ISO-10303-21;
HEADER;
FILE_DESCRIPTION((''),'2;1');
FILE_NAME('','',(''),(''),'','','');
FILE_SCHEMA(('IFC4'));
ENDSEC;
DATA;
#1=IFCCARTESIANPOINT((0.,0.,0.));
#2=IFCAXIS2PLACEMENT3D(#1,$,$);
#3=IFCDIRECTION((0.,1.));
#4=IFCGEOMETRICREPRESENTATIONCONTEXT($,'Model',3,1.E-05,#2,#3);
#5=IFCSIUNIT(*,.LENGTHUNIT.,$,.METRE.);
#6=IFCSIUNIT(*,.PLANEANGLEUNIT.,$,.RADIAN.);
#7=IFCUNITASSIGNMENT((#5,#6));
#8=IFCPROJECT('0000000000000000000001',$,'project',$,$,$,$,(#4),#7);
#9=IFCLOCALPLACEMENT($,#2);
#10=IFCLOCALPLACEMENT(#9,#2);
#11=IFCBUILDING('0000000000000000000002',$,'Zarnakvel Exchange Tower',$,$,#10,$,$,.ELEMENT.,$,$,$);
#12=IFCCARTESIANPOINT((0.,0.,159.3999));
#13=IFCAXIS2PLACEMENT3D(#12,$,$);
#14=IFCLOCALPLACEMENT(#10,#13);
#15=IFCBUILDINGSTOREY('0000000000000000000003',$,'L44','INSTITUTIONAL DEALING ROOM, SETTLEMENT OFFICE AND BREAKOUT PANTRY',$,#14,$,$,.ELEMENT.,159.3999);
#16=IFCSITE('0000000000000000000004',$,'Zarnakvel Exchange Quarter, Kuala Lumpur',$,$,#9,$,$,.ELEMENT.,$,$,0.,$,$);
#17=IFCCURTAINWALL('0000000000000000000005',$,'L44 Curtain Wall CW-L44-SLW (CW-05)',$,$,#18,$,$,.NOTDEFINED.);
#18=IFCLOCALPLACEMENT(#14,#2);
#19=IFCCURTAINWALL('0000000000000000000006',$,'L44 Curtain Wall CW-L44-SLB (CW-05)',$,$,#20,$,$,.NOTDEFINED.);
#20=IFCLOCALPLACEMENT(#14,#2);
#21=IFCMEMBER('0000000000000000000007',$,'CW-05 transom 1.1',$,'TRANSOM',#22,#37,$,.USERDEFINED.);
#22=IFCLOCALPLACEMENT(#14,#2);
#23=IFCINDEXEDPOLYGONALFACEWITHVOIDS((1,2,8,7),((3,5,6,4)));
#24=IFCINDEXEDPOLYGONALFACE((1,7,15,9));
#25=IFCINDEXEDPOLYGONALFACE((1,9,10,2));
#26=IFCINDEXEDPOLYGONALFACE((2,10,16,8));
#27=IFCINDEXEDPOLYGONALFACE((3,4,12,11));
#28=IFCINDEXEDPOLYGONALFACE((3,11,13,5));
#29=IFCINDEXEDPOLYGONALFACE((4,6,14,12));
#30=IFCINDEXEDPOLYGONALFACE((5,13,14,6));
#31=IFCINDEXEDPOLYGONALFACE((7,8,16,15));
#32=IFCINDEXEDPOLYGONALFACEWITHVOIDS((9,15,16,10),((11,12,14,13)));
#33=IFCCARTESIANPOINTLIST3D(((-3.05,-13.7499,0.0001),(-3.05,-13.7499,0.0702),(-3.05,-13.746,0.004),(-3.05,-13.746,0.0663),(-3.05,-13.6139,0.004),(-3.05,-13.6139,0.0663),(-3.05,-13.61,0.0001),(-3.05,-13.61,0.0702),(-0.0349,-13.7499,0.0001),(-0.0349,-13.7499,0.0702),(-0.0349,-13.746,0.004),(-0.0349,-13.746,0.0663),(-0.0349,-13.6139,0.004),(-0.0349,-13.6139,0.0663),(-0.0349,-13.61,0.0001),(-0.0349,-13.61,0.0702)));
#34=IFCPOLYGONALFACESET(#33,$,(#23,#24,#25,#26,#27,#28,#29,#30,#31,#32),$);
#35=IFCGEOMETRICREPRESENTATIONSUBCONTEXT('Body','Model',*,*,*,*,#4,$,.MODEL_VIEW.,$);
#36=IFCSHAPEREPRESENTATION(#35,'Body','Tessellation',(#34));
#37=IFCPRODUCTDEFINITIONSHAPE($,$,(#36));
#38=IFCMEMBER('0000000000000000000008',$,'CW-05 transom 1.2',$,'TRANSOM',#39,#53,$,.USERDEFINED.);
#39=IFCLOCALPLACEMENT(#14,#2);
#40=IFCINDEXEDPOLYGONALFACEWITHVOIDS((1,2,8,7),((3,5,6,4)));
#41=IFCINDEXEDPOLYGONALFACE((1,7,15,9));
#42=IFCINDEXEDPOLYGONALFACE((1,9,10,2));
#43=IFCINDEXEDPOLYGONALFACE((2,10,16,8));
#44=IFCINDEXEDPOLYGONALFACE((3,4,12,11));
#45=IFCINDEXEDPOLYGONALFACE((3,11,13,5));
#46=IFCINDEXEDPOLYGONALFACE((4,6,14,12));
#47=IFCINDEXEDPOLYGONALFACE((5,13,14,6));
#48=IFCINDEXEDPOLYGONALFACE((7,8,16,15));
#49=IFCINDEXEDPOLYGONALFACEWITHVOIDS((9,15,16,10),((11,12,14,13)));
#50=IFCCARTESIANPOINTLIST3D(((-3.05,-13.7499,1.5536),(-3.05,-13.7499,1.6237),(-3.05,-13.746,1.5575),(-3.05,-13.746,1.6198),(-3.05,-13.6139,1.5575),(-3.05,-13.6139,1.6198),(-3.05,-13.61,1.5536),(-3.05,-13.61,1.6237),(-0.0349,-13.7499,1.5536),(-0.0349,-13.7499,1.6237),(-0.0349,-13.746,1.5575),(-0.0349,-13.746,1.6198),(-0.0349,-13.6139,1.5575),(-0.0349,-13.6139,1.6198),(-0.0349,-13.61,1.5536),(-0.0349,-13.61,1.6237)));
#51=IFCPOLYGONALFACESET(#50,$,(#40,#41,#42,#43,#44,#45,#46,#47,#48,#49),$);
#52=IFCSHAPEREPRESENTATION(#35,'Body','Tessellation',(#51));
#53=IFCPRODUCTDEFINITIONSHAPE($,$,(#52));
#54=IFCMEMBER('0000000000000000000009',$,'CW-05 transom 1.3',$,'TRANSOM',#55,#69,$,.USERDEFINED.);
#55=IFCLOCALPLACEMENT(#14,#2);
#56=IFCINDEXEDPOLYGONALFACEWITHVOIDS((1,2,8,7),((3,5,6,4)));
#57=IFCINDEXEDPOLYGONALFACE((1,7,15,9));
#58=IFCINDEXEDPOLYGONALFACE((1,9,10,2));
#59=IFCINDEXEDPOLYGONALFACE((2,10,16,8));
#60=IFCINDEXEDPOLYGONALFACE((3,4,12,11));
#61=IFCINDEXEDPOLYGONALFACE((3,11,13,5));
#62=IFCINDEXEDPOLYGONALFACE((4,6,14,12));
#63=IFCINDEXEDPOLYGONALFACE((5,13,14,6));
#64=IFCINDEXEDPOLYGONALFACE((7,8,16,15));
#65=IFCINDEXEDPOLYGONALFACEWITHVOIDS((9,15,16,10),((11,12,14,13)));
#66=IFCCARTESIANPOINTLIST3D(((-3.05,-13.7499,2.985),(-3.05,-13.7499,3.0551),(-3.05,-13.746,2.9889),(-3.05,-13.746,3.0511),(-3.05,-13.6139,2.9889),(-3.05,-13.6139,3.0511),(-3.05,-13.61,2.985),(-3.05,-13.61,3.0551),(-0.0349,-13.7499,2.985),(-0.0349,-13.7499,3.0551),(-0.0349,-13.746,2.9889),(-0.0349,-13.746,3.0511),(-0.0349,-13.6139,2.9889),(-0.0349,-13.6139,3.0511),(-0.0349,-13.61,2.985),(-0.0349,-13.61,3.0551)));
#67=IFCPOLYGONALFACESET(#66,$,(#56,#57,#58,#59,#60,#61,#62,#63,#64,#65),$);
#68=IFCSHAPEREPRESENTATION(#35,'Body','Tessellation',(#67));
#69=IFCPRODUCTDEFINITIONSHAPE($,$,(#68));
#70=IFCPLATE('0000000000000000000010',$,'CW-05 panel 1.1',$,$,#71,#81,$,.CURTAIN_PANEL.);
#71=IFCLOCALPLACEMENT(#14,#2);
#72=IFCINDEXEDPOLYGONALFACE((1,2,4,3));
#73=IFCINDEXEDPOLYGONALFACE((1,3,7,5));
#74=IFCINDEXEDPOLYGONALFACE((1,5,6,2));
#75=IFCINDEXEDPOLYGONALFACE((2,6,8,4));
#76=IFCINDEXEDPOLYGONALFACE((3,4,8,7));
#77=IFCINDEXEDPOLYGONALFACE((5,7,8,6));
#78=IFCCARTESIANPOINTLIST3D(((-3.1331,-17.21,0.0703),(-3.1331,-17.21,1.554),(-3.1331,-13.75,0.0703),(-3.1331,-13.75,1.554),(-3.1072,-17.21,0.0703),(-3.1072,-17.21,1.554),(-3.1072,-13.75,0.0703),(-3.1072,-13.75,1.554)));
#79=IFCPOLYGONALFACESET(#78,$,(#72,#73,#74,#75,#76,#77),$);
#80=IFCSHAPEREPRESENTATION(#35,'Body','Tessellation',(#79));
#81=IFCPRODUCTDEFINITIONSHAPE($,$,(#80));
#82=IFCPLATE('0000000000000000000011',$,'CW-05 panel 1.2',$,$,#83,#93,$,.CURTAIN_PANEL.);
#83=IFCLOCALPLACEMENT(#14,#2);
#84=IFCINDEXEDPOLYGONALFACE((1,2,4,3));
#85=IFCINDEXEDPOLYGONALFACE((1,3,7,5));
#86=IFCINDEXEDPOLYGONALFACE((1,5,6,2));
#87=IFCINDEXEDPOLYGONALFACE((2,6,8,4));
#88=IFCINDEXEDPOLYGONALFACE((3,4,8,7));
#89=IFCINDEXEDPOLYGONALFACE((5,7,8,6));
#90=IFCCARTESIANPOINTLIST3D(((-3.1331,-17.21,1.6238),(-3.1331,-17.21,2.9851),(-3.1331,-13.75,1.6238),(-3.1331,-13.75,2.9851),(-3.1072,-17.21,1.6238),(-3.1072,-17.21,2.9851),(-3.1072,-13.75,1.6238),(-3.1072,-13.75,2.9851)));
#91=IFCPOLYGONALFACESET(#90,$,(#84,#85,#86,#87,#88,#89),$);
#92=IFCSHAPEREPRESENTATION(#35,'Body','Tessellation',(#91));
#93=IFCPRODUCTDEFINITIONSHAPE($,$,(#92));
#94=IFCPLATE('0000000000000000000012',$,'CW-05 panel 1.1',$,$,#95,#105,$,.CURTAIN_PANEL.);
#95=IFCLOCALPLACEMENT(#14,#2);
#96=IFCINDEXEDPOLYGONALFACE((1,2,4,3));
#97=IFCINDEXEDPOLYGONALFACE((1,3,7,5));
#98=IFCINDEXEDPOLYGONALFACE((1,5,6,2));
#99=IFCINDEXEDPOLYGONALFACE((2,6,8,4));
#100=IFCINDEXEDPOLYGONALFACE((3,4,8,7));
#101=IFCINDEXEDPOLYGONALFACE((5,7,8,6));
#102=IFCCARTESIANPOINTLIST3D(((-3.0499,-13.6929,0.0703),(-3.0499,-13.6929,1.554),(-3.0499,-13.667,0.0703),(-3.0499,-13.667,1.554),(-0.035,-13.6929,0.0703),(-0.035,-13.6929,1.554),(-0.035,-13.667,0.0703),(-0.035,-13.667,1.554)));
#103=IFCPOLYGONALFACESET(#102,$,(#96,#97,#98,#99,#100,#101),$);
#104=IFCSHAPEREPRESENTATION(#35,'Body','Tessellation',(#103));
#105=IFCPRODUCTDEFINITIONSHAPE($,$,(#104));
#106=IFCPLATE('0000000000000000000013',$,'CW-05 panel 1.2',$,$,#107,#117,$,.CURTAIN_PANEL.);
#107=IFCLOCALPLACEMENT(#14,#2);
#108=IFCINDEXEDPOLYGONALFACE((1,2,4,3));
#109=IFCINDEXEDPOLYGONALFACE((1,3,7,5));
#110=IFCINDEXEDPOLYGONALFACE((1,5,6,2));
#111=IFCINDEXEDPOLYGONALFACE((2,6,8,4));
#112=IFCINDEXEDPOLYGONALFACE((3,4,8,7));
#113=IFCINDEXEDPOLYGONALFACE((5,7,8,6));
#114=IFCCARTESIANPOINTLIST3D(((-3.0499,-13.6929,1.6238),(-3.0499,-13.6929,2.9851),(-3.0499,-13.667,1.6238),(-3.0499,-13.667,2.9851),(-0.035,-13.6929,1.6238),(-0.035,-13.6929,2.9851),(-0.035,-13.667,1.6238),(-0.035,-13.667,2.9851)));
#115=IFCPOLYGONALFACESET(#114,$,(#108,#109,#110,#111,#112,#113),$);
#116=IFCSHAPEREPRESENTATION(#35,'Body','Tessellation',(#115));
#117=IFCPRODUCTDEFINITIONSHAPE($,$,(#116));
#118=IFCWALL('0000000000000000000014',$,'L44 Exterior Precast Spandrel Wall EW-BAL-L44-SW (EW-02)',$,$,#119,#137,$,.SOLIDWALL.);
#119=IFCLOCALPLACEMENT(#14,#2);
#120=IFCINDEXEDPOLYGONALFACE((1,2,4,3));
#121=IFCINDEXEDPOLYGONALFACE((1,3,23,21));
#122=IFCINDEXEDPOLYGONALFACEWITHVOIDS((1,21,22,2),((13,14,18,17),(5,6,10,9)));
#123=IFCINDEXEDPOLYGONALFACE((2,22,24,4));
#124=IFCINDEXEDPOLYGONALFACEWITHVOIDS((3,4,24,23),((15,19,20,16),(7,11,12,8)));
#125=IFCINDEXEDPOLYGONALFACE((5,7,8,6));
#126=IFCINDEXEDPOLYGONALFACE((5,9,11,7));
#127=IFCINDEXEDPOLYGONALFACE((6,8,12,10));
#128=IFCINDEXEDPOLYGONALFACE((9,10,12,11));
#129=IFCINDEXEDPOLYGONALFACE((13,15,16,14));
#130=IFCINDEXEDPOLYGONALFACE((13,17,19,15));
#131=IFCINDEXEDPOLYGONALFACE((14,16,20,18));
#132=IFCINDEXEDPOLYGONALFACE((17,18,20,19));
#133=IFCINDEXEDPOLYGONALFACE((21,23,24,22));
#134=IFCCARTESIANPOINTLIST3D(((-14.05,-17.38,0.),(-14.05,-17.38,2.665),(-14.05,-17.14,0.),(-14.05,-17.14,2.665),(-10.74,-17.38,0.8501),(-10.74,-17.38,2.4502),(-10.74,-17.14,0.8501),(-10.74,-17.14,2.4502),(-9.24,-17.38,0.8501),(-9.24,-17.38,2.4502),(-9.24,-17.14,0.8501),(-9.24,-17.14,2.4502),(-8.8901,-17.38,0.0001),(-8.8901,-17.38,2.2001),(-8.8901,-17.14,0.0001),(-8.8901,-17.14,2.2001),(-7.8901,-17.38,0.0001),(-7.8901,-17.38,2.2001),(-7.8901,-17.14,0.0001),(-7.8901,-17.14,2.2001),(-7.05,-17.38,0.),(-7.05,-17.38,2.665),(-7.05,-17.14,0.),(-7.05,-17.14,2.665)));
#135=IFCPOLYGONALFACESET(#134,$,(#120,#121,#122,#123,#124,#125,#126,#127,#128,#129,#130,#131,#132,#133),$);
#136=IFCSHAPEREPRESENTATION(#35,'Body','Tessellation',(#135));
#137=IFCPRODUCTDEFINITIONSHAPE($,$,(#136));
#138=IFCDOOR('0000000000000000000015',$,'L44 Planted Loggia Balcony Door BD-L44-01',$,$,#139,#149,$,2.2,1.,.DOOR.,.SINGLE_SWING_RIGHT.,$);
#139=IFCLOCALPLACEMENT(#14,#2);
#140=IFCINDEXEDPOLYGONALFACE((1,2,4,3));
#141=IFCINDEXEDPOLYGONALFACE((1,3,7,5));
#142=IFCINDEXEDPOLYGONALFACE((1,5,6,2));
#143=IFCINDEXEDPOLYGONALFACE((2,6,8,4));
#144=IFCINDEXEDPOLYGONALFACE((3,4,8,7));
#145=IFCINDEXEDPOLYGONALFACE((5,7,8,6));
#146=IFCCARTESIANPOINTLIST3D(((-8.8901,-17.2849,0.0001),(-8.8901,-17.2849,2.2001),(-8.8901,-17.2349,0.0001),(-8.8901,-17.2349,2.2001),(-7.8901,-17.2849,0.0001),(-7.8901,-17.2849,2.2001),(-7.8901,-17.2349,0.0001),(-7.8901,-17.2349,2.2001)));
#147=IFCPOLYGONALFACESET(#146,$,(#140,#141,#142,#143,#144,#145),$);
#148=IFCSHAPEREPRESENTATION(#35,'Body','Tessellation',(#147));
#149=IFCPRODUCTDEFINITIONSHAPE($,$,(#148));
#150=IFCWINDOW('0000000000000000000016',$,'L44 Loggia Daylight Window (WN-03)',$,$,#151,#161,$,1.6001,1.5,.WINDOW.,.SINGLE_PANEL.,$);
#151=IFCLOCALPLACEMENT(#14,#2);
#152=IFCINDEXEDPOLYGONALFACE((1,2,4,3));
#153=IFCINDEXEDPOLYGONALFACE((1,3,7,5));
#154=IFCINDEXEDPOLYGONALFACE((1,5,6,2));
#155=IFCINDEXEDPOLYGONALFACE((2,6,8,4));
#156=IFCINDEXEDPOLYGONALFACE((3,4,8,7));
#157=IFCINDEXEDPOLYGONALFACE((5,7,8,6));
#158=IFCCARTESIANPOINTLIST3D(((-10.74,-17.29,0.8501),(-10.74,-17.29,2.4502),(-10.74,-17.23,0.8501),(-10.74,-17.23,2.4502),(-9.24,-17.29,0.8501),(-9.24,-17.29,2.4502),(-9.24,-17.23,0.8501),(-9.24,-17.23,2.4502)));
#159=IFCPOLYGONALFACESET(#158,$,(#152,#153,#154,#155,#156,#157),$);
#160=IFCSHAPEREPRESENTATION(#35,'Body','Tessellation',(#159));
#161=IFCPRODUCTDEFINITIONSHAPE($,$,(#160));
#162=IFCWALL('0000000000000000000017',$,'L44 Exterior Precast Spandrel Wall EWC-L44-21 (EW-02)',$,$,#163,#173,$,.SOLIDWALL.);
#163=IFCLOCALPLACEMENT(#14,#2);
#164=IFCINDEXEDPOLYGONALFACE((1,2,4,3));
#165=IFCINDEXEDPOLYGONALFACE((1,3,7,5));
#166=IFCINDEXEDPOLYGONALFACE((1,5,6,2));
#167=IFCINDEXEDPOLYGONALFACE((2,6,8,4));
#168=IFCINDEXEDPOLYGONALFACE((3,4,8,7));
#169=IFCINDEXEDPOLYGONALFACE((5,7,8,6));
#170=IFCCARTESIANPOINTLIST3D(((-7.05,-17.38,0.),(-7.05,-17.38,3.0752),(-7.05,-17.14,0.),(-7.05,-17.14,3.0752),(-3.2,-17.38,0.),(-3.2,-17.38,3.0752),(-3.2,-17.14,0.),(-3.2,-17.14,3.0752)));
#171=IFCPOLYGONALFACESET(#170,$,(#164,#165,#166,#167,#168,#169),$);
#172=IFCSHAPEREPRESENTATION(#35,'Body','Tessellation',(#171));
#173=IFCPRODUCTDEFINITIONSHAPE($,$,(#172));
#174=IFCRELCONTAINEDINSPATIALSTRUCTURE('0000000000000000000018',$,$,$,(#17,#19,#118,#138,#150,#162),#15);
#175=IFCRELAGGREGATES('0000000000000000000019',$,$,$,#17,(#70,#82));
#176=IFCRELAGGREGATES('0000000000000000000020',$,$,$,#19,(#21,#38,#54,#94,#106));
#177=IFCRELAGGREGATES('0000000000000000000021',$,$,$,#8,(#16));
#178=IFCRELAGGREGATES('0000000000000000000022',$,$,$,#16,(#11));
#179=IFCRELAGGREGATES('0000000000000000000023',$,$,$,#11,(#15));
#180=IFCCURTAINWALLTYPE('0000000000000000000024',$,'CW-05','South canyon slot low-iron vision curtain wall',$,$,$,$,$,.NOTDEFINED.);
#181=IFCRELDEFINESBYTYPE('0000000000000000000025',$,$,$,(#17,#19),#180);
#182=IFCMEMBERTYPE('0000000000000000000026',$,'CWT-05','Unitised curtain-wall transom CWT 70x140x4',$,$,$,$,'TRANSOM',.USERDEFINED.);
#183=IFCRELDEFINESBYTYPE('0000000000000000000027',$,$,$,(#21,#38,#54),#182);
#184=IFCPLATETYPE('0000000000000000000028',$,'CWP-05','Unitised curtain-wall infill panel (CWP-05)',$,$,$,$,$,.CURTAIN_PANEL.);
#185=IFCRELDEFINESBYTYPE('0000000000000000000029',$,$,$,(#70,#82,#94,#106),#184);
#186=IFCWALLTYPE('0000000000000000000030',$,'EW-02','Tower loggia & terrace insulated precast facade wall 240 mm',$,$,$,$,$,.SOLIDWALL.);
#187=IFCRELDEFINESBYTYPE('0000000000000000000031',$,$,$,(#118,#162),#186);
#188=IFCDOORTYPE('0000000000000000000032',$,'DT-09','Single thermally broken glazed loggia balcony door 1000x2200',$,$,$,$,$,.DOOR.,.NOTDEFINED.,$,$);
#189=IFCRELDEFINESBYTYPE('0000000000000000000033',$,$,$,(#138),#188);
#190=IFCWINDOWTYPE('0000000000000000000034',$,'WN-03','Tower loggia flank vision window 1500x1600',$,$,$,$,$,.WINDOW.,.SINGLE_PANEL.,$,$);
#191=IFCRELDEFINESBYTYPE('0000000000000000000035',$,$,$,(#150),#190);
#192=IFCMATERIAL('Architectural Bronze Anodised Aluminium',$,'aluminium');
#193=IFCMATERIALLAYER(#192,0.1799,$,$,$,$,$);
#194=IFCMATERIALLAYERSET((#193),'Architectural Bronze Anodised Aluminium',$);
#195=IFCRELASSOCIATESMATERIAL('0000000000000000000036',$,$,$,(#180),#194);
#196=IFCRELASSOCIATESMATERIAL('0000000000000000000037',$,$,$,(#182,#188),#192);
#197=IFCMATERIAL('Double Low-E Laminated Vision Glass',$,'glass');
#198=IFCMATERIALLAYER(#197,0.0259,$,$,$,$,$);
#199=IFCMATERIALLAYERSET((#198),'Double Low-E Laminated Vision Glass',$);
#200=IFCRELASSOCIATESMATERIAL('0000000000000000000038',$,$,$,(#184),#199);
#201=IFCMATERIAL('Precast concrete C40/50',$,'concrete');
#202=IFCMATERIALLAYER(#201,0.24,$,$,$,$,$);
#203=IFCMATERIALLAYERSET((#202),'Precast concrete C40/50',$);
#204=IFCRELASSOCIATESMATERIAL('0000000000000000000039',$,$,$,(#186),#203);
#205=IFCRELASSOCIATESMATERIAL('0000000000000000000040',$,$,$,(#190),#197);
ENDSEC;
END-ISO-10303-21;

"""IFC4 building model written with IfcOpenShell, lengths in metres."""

from ifc_helpers import new_model, si_unit, direction, frame, frame_2d, origin, origin_2d, place, context, subcontext, project, spatial, rectangle, hollow_rectangle, extrude, source, transform, mapped, material, layer, layer_set, material_profile, profile_set, type_object, element, fill, aggregate, save


model = new_model("IFC4")

# Units and contexts
model_context = context("Model", 3, precision=1e-05, world=origin(), true_north=direction((0.0, 1.0)))
body_context = subcontext(model_context, "Body", "Model", "MODEL_VIEW")
ifc_project = project(units=[si_unit("LENGTHUNIT", "METRE"), si_unit("PLANEANGLEUNIT", "RADIAN")], contexts=[model_context])

# Site, building, storey
site_placement = place(None, origin())
site = spatial("IfcSite", under=ifc_project, at=site_placement, Name="Zarnakvel Exchange Quarter, Kuala Lumpur", CompositionType="ELEMENT", RefElevation=0.0)
building_placement = place(site_placement, origin())
building = spatial("IfcBuilding", under=site, at=building_placement, Name="Zarnakvel Exchange Tower", CompositionType="ELEMENT")
storey_placement = place(building_placement, frame((0.0, 0.0, 159.3999)))
storey = spatial("IfcBuildingStorey", under=building, at=storey_placement, Name="L44", Description="INSTITUTIONAL DEALING ROOM, SETTLEMENT OFFICE AND BREAKOUT PANTRY", CompositionType="ELEMENT", Elevation=159.3999)

# Curtain walls
ifc_material_1 = material(Name="Architectural Bronze Anodised Aluminium", Category="aluminium")
ifc_layer_1 = layer(ifc_material_1, 0.1799)
ifc_layer_set_1 = layer_set([ifc_layer_1], Name="Architectural Bronze Anodised Aluminium")
curtain_wall_type = type_object("IfcCurtainWallType", Name="CW-05", Description="South canyon slot low-iron vision curtain wall", PredefinedType="NOTDEFINED", material=ifc_layer_set_1)
curtain_wall_1_placement = place(storey_placement, origin())
curtain_wall_1 = element("IfcCurtainWall", 1, at=curtain_wall_1_placement, inside=storey, type_object=curtain_wall_type, Name="L44 Curtain Wall CW-L44-SLW (CW-05)", PredefinedType="NOTDEFINED")
curtain_wall_2_placement = place(storey_placement, origin())
curtain_wall_2 = element("IfcCurtainWall", 2, at=curtain_wall_2_placement, inside=storey, type_object=curtain_wall_type, Name="L44 Curtain Wall CW-L44-SLB (CW-05)", PredefinedType="NOTDEFINED")

# Members
ifc_material_profile_1 = material_profile(ifc_material_1, hollow_rectangle(XDim=0.1399, YDim=0.0701, WallThickness=0.0039, at=origin_2d()))
ifc_profile_set_1 = profile_set([ifc_material_profile_1], Name="Architectural Bronze Anodised Aluminium")
member_type_1 = type_object("IfcMemberType", Name="CWT-05", Description="Unitised curtain-wall transom CWT 70x140x4", ElementType="TRANSOM", PredefinedType="USERDEFINED", material=ifc_profile_set_1)
shared_shape_1 = source(origin(), body_context, "Body", "SweptSolid", [
    extrude(hollow_rectangle(XDim=0.1399, YDim=0.0701, WallThickness=0.0039, at=origin_2d()), origin(), (0.0, 0.0, 1.0), 3.0151),
])
member_1_placement = place(storey_placement, frame((-3.05, -13.6799, 0.0352), z_axis=(1.0, 0.0, 0.0), x_axis=(0.0, 1.0, 0.0)))
member_1 = element("IfcMember", 3, at=member_1_placement, type_object=member_type_1, Name="CW-05 transom 1.1", ObjectType="TRANSOM", PredefinedType="USERDEFINED", context=body_context, shape_type="MappedRepresentation", body=[
    mapped(shared_shape_1, transform((0.0, 0.0, 0.0), x_axis=(1.0, 0.0, 0.0), y_axis=(0.0, 1.0, 0.0), z_axis=(0.0, 0.0, 1.0), scale=1.0)),
])
member_2_placement = place(storey_placement, frame((-3.05, -13.6799, 1.5886), z_axis=(1.0, 0.0, 0.0), x_axis=(0.0, 1.0, 0.0)))
member_2 = element("IfcMember", 4, at=member_2_placement, type_object=member_type_1, Name="CW-05 transom 1.2", ObjectType="TRANSOM", PredefinedType="USERDEFINED", context=body_context, shape_type="MappedRepresentation", body=[
    mapped(shared_shape_1, transform((0.0, 0.0, 0.0), x_axis=(1.0, 0.0, 0.0), y_axis=(0.0, 1.0, 0.0), z_axis=(0.0, 0.0, 1.0), scale=1.0)),
])
member_3_placement = place(storey_placement, frame((-3.05, -13.6799, 3.02), z_axis=(1.0, 0.0, 0.0), x_axis=(0.0, 1.0, 0.0)))
member_3 = element("IfcMember", 5, at=member_3_placement, type_object=member_type_1, Name="CW-05 transom 1.3", ObjectType="TRANSOM", PredefinedType="USERDEFINED", context=body_context, shape_type="MappedRepresentation", body=[
    mapped(shared_shape_1, transform((0.0, 0.0, 0.0), x_axis=(1.0, 0.0, 0.0), y_axis=(0.0, 1.0, 0.0), z_axis=(0.0, 0.0, 1.0), scale=1.0)),
])

# Plates
ifc_material_2 = material(Name="Double Low-E Laminated Vision Glass", Category="glass")
ifc_layer_2 = layer(ifc_material_2, 0.0259)
ifc_layer_set_2 = layer_set([ifc_layer_2], Name="Double Low-E Laminated Vision Glass")
plate_type = type_object("IfcPlateType", Name="CWP-05", Description="Unitised curtain-wall infill panel (CWP-05)", PredefinedType="CURTAIN_PANEL", material=ifc_layer_set_2)
shared_shape_2 = source(origin(), body_context, "Body", "SweptSolid", [
    extrude(rectangle(XDim=3.46, YDim=0.0259, at=origin_2d()), origin(), (0.0, 0.0, 1.0), 1.4836),
])
plate_1_placement = place(storey_placement, frame((-3.1201, -15.48, 0.0703), z_axis=(0.0, 0.0, 1.0), x_axis=(0.0, 1.0, 0.0)))
plate_1 = element("IfcPlate", 6, at=plate_1_placement, type_object=plate_type, Name="CW-05 panel 1.1", PredefinedType="CURTAIN_PANEL", context=body_context, shape_type="MappedRepresentation", body=[
    mapped(shared_shape_2, transform((0.0, 0.0, 0.0), x_axis=(1.0, 0.0, 0.0), y_axis=(0.0, 1.0, 0.0), z_axis=(0.0, 0.0, 1.0), scale=1.0)),
])
shared_shape_3 = source(origin(), body_context, "Body", "SweptSolid", [
    extrude(rectangle(XDim=3.46, YDim=0.0259, at=origin_2d()), origin(), (0.0, 0.0, 1.0), 1.3613),
])
plate_2_placement = place(storey_placement, frame((-3.1201, -15.48, 1.6238), z_axis=(0.0, 0.0, 1.0), x_axis=(0.0, 1.0, 0.0)))
plate_2 = element("IfcPlate", 7, at=plate_2_placement, type_object=plate_type, Name="CW-05 panel 1.2", PredefinedType="CURTAIN_PANEL", context=body_context, shape_type="MappedRepresentation", body=[
    mapped(shared_shape_3, transform((0.0, 0.0, 0.0), x_axis=(1.0, 0.0, 0.0), y_axis=(0.0, 1.0, 0.0), z_axis=(0.0, 0.0, 1.0), scale=1.0)),
])
aggregate(curtain_wall_1, [plate_1, plate_2])
shared_shape_4 = source(origin(), body_context, "Body", "SweptSolid", [
    extrude(rectangle(XDim=3.0149, YDim=0.0259, at=origin_2d()), origin(), (0.0, 0.0, 1.0), 1.4836),
])
plate_3_placement = place(storey_placement, frame((-1.5425, -13.6799, 0.0703), z_axis=(0.0, 0.0, 1.0), x_axis=(1.0, 0.0, 0.0)))
plate_3 = element("IfcPlate", 8, at=plate_3_placement, type_object=plate_type, Name="CW-05 panel 1.1", PredefinedType="CURTAIN_PANEL", context=body_context, shape_type="MappedRepresentation", body=[
    mapped(shared_shape_4, transform((0.0, 0.0, 0.0), x_axis=(1.0, 0.0, 0.0), y_axis=(0.0, 1.0, 0.0), z_axis=(0.0, 0.0, 1.0), scale=1.0)),
])
shared_shape_5 = source(origin(), body_context, "Body", "SweptSolid", [
    extrude(rectangle(XDim=3.0149, YDim=0.0259, at=origin_2d()), origin(), (0.0, 0.0, 1.0), 1.3613),
])
plate_4_placement = place(storey_placement, frame((-1.5425, -13.6799, 1.6238), z_axis=(0.0, 0.0, 1.0), x_axis=(1.0, 0.0, 0.0)))
plate_4 = element("IfcPlate", 9, at=plate_4_placement, type_object=plate_type, Name="CW-05 panel 1.2", PredefinedType="CURTAIN_PANEL", context=body_context, shape_type="MappedRepresentation", body=[
    mapped(shared_shape_5, transform((0.0, 0.0, 0.0), x_axis=(1.0, 0.0, 0.0), y_axis=(0.0, 1.0, 0.0), z_axis=(0.0, 0.0, 1.0), scale=1.0)),
])
aggregate(curtain_wall_2, [member_1, member_2, member_3, plate_3, plate_4])

# Wall, openings, door, window
ifc_material_3 = material(Name="Precast concrete C40/50", Category="concrete")
ifc_layer_3 = layer(ifc_material_3, 0.24)
ifc_layer_set_3 = layer_set([ifc_layer_3], Name="Precast concrete C40/50")
wall_type = type_object("IfcWallType", Name="EW-02", Description="Tower loggia & terrace insulated precast facade wall 240 mm", PredefinedType="SOLIDWALL", material=ifc_layer_set_3)
wall_1_placement = place(storey_placement, frame((-7.05, -17.26, 0.0), z_axis=(0.0, 0.0, 1.0), x_axis=(-1.0, 0.0, 0.0)))
wall_1 = element("IfcWall", 10, at=wall_1_placement, inside=storey, type_object=wall_type, Name="L44 Exterior Precast Spandrel Wall EW-BAL-L44-SW (EW-02)", PredefinedType="SOLIDWALL", context=body_context, shape_type="SweptSolid", body=[
    extrude(rectangle(XDim=7.0, YDim=0.24, at=frame_2d((3.5, 0.0))), origin(), (0.0, 0.0, 1.0), 2.665),
])
opening_1_placement = place(wall_1_placement, frame((0.8401, 0.0, 0.0)))
opening_1 = element("IfcOpeningElement", 11, at=opening_1_placement, cuts=wall_1, PredefinedType="OPENING", context=body_context, shape_type="SweptSolid", body=[
    extrude(rectangle(XDim=1.0, YDim=2.2, at=frame_2d((0.5, 1.1001))), frame((0.0, 0.1299, 0.0), z_axis=(0.0, -1.0, 0.0), x_axis=(1.0, 0.0, 0.0)), (0.0, 0.0, 1.0), 0.26),
])
opening_2_placement = place(wall_1_placement, frame((2.1899, 0.0, 0.8501)))
opening_2 = element("IfcOpeningElement", 12, at=opening_2_placement, cuts=wall_1, PredefinedType="OPENING", context=body_context, shape_type="SweptSolid", body=[
    extrude(rectangle(XDim=1.5, YDim=1.6001, at=frame_2d((0.75, 0.8))), frame((0.0, 0.1299, 0.0), z_axis=(0.0, -1.0, 0.0), x_axis=(1.0, 0.0, 0.0)), (0.0, 0.0, 1.0), 0.26),
])
door_type = type_object("IfcDoorType", Name="DT-09", Description="Single thermally broken glazed loggia balcony door 1000x2200", OperationType="NOTDEFINED", PredefinedType="DOOR", material=ifc_material_1)
shared_shape_6 = source(origin(), body_context, "Body", "SweptSolid", [
    extrude(rectangle(XDim=1.0, YDim=2.2, at=frame_2d((0.5, 1.1001))), frame((0.0, 0.0249, 0.0), z_axis=(0.0, -1.0, 0.0), x_axis=(1.0, 0.0, 0.0)), (0.0, 0.0, 1.0), 0.05),
])
door_placement = place(opening_1_placement, origin())
door = element("IfcDoor", 13, at=door_placement, inside=storey, type_object=door_type, Name="L44 Planted Loggia Balcony Door BD-L44-01", OperationType="SINGLE_SWING_RIGHT", OverallHeight=2.2, OverallWidth=1.0, PredefinedType="DOOR", context=body_context, shape_type="MappedRepresentation", body=[
    mapped(shared_shape_6, transform((0.0, 0.0, 0.0), x_axis=(1.0, 0.0, 0.0), y_axis=(0.0, 1.0, 0.0), z_axis=(0.0, 0.0, 1.0), scale=1.0)),
])
fill(opening_1, door)
window_type = type_object("IfcWindowType", Name="WN-03", Description="Tower loggia flank vision window 1500x1600", PartitioningType="SINGLE_PANEL", PredefinedType="WINDOW", material=ifc_material_2)
shared_shape_7 = source(origin(), body_context, "Body", "SweptSolid", [
    extrude(rectangle(XDim=1.5, YDim=1.6001, at=frame_2d((0.75, 0.8))), frame((0.0, 0.03, 0.0), z_axis=(0.0, -1.0, 0.0), x_axis=(1.0, 0.0, 0.0)), (0.0, 0.0, 1.0), 0.0601),
])
window_placement = place(opening_2_placement, origin())
window = element("IfcWindow", 14, at=window_placement, inside=storey, type_object=window_type, Name="L44 Loggia Daylight Window (WN-03)", OverallHeight=1.6001, OverallWidth=1.5, PartitioningType="SINGLE_PANEL", PredefinedType="WINDOW", context=body_context, shape_type="MappedRepresentation", body=[
    mapped(shared_shape_7, transform((0.0, 0.0, 0.0), x_axis=(1.0, 0.0, 0.0), y_axis=(0.0, 1.0, 0.0), z_axis=(0.0, 0.0, 1.0), scale=1.0)),
])
fill(opening_2, window)

# Wall
wall_2_placement = place(storey_placement, frame((-7.05, -17.26, 0.0), z_axis=(0.0, 0.0, 1.0), x_axis=(1.0, 0.0, 0.0)))
element("IfcWall", 15, at=wall_2_placement, inside=storey, type_object=wall_type, Name="L44 Exterior Precast Spandrel Wall EWC-L44-21 (EW-02)", PredefinedType="SOLIDWALL", context=body_context, shape_type="SweptSolid", body=[
    extrude(rectangle(XDim=3.8501, YDim=0.24, at=frame_2d((1.925, 0.0))), origin(), (0.0, 0.0, 1.0), 3.0752),
])

save(model, "model.ifc")
